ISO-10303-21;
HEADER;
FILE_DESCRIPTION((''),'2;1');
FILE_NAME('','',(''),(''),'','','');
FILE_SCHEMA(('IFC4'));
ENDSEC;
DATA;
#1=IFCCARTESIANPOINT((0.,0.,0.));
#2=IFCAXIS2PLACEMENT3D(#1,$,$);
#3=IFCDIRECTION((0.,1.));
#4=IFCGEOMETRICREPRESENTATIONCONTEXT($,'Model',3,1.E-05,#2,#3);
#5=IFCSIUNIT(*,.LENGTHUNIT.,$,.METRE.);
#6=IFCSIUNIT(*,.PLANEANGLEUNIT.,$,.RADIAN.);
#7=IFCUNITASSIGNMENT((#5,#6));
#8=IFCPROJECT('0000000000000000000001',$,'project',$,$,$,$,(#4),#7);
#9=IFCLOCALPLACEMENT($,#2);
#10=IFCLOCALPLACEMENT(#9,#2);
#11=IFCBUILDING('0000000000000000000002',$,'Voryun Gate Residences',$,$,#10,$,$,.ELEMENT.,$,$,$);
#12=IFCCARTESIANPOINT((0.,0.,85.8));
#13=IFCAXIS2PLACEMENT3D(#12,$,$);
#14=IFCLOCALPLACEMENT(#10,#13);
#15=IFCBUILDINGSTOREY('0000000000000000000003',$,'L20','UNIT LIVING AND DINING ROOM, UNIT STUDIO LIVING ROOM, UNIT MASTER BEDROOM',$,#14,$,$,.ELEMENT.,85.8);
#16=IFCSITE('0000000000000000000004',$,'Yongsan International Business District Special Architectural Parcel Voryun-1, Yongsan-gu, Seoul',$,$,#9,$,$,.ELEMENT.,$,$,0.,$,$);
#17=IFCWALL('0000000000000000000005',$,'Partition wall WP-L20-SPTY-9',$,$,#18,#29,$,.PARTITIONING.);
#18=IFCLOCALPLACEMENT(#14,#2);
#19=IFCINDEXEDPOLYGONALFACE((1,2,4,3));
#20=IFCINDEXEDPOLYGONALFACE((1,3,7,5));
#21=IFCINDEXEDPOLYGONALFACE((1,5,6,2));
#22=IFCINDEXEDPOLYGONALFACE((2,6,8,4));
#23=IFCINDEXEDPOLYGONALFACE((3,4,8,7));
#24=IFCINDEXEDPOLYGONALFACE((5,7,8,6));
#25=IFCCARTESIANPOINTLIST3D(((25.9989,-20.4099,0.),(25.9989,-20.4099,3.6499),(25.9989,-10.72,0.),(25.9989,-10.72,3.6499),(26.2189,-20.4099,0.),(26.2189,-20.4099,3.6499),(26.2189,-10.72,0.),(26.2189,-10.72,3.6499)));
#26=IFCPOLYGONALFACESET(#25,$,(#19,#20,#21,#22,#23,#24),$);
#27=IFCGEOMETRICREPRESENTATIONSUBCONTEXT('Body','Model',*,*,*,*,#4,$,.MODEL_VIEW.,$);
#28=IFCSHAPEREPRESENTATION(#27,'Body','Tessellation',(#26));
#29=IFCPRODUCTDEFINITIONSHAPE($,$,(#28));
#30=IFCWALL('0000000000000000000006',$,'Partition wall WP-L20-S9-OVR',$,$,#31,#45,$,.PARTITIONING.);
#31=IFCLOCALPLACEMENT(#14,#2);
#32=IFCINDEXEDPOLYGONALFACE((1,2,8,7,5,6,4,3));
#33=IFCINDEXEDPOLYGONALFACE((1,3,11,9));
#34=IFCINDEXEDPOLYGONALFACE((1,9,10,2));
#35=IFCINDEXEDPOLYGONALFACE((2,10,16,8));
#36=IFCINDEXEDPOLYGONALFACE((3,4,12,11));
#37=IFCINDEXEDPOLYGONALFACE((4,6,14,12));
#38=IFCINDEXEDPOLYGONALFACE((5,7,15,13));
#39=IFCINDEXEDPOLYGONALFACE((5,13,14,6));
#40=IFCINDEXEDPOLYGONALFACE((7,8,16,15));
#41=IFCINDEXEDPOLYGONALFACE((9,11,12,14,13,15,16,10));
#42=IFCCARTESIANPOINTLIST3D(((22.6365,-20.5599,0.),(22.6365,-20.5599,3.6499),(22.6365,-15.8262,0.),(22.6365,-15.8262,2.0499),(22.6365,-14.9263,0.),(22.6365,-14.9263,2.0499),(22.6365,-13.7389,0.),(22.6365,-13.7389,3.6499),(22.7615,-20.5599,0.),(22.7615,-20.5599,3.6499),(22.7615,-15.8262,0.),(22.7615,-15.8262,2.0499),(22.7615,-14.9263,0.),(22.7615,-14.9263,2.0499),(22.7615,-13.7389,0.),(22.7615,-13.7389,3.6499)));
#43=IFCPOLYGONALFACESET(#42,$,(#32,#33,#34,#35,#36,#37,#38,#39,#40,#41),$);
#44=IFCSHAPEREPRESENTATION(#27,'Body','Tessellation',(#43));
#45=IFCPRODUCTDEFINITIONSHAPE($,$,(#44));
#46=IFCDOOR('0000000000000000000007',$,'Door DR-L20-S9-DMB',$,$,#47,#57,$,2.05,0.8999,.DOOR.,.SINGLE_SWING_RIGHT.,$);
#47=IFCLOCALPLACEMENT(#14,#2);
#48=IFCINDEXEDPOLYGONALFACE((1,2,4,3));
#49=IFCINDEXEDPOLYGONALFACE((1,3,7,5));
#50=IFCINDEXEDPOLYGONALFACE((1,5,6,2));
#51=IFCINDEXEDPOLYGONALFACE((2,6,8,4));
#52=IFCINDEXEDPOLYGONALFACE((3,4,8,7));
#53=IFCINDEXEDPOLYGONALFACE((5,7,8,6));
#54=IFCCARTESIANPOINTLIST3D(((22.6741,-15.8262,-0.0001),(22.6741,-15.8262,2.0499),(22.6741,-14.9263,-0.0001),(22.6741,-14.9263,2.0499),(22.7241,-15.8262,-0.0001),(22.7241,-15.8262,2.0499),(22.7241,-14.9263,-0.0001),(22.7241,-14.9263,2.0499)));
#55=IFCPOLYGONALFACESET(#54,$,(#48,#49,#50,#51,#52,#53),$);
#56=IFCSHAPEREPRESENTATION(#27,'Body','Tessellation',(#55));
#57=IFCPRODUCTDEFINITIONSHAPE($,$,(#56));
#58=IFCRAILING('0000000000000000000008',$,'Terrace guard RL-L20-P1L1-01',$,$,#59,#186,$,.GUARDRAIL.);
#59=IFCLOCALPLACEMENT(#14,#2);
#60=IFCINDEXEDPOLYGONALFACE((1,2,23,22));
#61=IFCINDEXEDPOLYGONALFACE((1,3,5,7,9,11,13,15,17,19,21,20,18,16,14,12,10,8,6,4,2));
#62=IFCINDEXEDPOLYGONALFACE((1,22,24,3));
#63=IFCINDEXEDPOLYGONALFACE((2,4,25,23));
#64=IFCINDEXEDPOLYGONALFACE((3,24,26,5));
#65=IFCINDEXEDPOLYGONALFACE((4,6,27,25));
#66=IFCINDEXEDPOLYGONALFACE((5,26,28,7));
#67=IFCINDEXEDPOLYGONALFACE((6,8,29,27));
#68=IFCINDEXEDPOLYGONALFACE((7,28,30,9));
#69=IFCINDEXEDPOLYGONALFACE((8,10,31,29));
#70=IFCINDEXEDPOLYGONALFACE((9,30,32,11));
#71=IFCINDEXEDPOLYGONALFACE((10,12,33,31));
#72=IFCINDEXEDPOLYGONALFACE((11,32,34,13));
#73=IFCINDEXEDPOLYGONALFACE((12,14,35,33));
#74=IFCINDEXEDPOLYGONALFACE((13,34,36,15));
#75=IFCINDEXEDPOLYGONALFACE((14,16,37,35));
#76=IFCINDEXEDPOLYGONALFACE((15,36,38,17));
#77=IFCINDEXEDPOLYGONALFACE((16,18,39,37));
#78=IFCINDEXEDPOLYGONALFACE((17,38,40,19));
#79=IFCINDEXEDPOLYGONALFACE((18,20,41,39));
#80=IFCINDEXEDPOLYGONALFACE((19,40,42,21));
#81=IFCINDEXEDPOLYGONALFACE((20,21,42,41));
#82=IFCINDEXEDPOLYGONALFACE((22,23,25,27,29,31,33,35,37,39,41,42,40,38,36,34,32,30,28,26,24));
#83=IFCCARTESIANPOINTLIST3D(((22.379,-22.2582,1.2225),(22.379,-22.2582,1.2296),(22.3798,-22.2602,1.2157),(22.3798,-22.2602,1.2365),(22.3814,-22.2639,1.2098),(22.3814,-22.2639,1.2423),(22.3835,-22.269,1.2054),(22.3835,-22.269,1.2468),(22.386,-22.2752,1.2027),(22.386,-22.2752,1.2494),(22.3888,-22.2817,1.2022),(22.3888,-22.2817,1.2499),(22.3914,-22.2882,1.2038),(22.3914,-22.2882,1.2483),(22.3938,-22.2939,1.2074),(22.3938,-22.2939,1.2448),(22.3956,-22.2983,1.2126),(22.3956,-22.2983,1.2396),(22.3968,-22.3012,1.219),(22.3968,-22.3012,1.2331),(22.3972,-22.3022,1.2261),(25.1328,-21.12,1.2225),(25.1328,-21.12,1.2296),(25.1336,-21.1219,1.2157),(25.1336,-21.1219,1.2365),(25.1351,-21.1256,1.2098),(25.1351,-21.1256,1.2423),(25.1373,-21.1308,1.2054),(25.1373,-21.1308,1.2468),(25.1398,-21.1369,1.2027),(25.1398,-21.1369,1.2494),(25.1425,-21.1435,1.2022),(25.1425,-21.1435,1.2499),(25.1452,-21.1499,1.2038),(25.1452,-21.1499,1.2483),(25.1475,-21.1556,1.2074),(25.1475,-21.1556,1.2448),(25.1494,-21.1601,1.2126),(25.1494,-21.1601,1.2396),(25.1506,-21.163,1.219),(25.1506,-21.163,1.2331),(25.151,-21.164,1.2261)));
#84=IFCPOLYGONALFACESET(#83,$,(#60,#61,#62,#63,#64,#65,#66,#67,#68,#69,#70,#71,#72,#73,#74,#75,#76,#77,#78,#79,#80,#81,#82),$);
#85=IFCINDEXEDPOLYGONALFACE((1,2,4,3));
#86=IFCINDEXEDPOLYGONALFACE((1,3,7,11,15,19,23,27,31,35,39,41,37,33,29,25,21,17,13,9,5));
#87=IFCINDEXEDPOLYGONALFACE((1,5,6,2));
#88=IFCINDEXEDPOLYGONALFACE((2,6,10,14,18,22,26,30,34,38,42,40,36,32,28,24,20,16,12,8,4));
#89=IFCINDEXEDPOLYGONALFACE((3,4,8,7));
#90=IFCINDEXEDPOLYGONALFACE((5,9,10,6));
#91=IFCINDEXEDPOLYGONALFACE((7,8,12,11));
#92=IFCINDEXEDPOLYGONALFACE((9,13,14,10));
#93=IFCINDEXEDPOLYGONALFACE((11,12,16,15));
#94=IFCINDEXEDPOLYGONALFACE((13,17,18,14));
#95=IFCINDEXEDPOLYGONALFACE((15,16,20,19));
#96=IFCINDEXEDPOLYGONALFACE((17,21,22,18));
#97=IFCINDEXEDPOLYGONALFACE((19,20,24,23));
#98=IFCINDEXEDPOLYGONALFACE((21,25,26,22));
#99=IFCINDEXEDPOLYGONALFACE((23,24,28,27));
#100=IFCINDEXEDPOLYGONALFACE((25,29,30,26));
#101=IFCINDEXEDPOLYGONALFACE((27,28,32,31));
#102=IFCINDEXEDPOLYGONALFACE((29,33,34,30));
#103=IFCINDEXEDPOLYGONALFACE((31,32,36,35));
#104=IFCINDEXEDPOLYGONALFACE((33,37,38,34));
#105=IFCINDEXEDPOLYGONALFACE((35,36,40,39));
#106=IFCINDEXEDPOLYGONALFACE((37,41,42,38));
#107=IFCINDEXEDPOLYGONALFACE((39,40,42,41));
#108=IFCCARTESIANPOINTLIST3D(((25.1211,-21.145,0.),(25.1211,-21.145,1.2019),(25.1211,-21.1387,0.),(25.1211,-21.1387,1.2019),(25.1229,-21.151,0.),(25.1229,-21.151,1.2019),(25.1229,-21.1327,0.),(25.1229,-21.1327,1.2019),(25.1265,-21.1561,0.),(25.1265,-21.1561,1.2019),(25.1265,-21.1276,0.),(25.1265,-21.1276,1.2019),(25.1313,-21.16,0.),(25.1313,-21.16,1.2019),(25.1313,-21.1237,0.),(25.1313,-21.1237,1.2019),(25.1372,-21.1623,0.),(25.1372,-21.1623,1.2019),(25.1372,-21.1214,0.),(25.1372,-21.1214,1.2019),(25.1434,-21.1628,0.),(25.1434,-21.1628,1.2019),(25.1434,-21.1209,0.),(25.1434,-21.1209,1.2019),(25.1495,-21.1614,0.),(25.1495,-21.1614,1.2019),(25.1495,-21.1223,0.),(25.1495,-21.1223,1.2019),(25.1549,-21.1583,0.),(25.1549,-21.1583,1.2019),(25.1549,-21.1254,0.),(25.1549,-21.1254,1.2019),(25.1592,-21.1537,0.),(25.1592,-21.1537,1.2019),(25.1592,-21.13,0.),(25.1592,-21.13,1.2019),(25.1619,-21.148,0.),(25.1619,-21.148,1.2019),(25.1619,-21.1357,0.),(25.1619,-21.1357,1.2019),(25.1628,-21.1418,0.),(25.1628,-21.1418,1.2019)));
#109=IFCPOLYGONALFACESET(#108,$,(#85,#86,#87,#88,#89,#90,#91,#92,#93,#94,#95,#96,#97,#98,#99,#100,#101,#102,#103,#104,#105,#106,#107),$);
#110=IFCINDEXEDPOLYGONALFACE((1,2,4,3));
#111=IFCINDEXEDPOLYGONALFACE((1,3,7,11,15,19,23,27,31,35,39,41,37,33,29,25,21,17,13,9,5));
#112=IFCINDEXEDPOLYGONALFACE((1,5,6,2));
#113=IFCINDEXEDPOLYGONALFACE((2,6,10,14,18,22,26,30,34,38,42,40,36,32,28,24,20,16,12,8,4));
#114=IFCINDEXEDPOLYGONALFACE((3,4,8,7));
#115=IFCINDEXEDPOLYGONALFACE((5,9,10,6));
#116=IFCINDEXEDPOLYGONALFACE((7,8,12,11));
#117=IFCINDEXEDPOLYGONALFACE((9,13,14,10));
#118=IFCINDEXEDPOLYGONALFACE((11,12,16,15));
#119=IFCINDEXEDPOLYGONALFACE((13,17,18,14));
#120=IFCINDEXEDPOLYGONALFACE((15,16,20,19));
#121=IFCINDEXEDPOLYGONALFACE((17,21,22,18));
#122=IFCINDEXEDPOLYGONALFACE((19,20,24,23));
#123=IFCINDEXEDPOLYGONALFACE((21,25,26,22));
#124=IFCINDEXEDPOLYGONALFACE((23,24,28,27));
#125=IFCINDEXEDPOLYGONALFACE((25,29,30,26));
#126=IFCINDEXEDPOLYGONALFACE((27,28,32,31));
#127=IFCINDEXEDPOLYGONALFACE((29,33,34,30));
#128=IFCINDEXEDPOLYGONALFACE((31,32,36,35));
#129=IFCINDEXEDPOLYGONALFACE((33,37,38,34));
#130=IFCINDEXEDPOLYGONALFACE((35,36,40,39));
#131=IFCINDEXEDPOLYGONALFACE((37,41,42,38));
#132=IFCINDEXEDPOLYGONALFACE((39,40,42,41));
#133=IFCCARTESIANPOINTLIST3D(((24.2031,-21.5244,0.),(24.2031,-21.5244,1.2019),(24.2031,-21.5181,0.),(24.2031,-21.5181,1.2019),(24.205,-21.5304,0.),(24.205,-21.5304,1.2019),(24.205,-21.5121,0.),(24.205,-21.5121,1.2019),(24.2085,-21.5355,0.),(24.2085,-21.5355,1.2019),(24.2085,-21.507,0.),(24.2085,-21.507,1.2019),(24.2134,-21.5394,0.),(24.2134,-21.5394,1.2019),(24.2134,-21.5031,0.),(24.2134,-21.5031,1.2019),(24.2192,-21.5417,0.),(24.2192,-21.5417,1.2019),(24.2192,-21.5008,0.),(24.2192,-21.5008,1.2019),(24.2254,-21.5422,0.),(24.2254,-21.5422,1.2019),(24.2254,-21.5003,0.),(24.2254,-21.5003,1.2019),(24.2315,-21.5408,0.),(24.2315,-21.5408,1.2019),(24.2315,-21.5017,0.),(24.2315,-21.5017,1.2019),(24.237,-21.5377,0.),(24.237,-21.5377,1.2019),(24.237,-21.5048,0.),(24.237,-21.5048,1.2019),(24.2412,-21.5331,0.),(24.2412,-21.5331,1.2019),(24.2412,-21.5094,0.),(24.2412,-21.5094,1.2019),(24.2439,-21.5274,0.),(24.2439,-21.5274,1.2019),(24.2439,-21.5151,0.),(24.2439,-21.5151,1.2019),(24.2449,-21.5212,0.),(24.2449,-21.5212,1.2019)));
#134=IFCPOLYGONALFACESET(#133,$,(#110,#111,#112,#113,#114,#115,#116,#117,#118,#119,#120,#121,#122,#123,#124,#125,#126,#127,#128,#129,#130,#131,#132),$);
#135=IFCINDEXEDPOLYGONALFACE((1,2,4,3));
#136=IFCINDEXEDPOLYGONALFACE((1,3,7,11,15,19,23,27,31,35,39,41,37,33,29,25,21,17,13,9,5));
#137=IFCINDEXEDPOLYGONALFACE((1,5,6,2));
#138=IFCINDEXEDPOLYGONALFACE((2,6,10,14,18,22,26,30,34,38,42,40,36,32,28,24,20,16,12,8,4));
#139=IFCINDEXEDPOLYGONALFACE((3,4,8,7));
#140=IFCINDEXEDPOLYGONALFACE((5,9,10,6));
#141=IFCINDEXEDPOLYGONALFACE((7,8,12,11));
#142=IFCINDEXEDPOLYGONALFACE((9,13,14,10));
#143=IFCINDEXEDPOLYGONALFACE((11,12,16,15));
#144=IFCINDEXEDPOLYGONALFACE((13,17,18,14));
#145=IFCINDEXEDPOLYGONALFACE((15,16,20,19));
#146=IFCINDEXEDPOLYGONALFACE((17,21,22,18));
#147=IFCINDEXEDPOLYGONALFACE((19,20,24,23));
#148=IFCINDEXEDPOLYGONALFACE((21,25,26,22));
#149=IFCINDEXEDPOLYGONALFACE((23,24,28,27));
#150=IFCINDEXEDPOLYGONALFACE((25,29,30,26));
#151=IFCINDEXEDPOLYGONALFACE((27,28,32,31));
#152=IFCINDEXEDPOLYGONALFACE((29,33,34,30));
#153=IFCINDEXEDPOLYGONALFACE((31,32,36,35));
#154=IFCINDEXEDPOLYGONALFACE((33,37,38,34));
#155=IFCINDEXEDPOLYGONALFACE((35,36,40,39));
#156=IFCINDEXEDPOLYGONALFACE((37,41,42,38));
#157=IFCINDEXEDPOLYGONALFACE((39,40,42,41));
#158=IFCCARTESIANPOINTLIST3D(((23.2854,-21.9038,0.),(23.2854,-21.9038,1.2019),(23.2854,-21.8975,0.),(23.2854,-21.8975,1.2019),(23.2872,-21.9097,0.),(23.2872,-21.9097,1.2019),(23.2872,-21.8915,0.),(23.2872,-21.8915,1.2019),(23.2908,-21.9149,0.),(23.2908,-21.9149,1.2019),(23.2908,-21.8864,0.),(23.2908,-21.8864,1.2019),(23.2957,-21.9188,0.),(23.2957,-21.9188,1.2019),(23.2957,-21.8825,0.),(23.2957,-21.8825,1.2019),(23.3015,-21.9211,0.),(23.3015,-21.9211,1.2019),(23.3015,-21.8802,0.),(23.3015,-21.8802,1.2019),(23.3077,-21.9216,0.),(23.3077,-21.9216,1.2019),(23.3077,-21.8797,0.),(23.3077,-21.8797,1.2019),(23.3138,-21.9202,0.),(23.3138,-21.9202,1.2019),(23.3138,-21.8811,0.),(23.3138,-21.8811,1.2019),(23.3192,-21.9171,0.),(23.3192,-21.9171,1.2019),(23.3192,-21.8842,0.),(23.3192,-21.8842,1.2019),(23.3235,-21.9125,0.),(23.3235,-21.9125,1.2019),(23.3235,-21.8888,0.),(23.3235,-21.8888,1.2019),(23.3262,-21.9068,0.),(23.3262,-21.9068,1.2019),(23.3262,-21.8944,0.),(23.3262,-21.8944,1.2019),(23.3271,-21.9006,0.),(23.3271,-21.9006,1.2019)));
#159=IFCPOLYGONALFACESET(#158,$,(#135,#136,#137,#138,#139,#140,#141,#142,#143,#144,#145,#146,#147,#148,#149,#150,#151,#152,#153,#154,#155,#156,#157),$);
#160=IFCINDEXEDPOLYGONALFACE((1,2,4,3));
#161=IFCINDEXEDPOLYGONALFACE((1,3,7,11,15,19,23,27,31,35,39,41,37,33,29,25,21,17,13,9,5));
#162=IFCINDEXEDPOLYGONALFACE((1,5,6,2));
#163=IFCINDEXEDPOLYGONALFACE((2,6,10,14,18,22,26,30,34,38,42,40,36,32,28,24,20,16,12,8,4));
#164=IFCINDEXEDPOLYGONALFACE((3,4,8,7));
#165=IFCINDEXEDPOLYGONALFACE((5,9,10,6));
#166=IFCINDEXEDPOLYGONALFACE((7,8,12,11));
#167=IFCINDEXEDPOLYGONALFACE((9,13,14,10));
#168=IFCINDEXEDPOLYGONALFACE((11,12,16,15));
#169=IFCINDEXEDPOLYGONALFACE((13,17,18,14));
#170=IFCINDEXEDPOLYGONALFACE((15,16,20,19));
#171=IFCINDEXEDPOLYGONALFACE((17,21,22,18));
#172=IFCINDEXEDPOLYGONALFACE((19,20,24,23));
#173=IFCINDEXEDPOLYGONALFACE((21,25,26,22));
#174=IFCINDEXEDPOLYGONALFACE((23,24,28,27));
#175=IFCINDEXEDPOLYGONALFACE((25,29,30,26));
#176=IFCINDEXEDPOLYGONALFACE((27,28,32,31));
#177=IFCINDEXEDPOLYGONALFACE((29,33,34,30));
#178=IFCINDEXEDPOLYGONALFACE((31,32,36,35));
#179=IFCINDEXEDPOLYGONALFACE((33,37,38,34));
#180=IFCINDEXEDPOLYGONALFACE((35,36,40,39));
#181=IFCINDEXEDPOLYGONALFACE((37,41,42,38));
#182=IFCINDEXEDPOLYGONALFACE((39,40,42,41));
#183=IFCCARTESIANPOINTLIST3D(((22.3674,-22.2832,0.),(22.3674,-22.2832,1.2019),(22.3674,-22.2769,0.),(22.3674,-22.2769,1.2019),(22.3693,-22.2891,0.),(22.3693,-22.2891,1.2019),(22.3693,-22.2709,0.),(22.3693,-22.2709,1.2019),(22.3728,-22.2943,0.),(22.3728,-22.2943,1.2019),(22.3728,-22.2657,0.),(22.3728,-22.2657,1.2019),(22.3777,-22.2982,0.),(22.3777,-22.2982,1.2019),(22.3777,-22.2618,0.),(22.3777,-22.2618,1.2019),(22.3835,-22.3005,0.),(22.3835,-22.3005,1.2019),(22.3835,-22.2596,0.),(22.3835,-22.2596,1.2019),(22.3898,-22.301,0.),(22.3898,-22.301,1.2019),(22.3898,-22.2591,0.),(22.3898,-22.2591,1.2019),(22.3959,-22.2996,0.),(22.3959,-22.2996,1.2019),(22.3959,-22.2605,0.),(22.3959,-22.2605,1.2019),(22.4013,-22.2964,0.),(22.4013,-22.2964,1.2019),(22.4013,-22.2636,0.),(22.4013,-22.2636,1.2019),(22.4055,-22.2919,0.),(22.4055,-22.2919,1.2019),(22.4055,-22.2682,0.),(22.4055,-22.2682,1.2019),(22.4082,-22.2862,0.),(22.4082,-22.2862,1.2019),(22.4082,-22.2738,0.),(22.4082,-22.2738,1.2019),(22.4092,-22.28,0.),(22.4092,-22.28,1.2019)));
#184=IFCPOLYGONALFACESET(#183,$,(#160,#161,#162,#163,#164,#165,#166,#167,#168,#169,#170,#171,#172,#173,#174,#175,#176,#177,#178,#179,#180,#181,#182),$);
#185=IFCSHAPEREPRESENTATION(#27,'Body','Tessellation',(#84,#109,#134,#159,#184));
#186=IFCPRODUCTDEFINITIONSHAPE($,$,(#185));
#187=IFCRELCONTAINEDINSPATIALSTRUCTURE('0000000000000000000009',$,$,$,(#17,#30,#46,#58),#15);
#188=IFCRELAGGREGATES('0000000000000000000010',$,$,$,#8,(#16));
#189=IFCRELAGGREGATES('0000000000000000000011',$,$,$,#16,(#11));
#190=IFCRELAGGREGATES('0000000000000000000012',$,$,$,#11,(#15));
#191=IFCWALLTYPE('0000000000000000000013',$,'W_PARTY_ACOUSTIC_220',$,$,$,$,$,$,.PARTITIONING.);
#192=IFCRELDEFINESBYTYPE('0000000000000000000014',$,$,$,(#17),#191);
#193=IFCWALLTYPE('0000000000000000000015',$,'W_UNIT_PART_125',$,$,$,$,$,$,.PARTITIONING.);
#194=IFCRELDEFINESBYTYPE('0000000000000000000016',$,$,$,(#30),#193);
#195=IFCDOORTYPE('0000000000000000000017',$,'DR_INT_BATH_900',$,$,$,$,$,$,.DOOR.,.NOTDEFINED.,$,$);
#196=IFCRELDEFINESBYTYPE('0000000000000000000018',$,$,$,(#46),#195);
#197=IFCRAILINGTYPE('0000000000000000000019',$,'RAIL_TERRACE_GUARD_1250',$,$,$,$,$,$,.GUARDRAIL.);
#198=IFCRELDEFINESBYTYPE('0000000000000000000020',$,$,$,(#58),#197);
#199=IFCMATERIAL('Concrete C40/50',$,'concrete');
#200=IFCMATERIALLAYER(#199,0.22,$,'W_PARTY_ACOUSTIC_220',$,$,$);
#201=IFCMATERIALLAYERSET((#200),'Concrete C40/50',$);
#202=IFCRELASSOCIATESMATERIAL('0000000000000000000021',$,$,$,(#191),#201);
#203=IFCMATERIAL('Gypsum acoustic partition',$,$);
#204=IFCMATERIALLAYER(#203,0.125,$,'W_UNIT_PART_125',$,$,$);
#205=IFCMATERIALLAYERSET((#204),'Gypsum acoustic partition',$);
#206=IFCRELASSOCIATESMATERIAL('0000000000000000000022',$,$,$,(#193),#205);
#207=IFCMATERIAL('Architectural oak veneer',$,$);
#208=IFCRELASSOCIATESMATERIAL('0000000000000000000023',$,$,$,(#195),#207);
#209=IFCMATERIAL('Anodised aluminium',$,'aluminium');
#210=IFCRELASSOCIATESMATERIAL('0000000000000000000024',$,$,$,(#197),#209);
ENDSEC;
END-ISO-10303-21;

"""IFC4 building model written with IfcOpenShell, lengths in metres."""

from ifc_helpers import new_model, si_unit, direction, frame, frame_2d, origin, origin_2d, place, context, subcontext, project, spatial, rectangle, circle, extrude, material, layer, layer_set, type_object, element, fill, save


model = new_model("IFC4")

# Units and contexts
model_context = context("Model", 3, precision=1e-05, world=origin(), true_north=direction((0.0, 1.0)))
body_context = subcontext(model_context, "Body", "Model", "MODEL_VIEW")
ifc_project = project(units=[si_unit("LENGTHUNIT", "METRE"), si_unit("PLANEANGLEUNIT", "RADIAN")], contexts=[model_context])

# Site, building, storey
site_placement = place(None, origin())
site = spatial("IfcSite", under=ifc_project, at=site_placement, Name="Yongsan International Business District Special Architectural Parcel Voryun-1, Yongsan-gu, Seoul", CompositionType="ELEMENT", RefElevation=0.0)
building_placement = place(site_placement, origin())
building = spatial("IfcBuilding", under=site, at=building_placement, Name="Voryun Gate Residences", CompositionType="ELEMENT")
storey_placement = place(building_placement, frame((0.0, 0.0, 85.8)))
storey = spatial("IfcBuildingStorey", under=building, at=storey_placement, Name="L20", Description="UNIT LIVING AND DINING ROOM, UNIT STUDIO LIVING ROOM, UNIT MASTER BEDROOM", CompositionType="ELEMENT", Elevation=85.8)

# Wall
ifc_material_1 = material(Name="Concrete C40/50", Category="concrete")
ifc_layer_1 = layer(ifc_material_1, 0.22, Name="W_PARTY_ACOUSTIC_220")
ifc_layer_set_1 = layer_set([ifc_layer_1], Name="Concrete C40/50")
wall_type_1 = type_object("IfcWallType", Name="W_PARTY_ACOUSTIC_220", PredefinedType="PARTITIONING", material=ifc_layer_set_1)
wall_1_placement = place(storey_placement, frame((26.1089, -20.4099, 0.0), z_axis=(0.0, 0.0, 1.0), x_axis=(0.0, 1.0, 0.0)))
element("IfcWall", 1, at=wall_1_placement, inside=storey, type_object=wall_type_1, Name="Partition wall WP-L20-SPTY-9", PredefinedType="PARTITIONING", context=body_context, shape_type="SweptSolid", body=[
    extrude(rectangle(XDim=9.6899, YDim=0.22, at=frame_2d((4.845, 0.0))), origin(), (0.0, 0.0, 1.0), 3.6499),
])

# Wall, opening, door
ifc_material_2 = material(Name="Gypsum acoustic partition")
ifc_layer_2 = layer(ifc_material_2, 0.125, Name="W_UNIT_PART_125")
ifc_layer_set_2 = layer_set([ifc_layer_2], Name="Gypsum acoustic partition")
wall_type_2 = type_object("IfcWallType", Name="W_UNIT_PART_125", PredefinedType="PARTITIONING", material=ifc_layer_set_2)
wall_2_placement = place(storey_placement, frame((22.699, -20.5601, 0.0), z_axis=(0.0, 0.0, 1.0), x_axis=(0.0, 1.0, 0.0)))
wall_2 = element("IfcWall", 2, at=wall_2_placement, inside=storey, type_object=wall_type_2, Name="Partition wall WP-L20-S9-OVR", PredefinedType="PARTITIONING", context=body_context, shape_type="SweptSolid", body=[
    extrude(rectangle(XDim=6.821, YDim=0.125, at=frame_2d((3.4106, 0.0))), origin(), (0.0, 0.0, 1.0), 3.6499),
])
opening_1_placement = place(wall_2_placement, frame((4.7339, 0.0, 0.0)))
opening_1 = element("IfcOpeningElement", 3, at=opening_1_placement, cuts=wall_2, PredefinedType="OPENING", context=body_context, shape_type="SweptSolid", body=[
    extrude(rectangle(XDim=0.8999, YDim=2.05, at=frame_2d((0.45, 1.0249))), frame((0.0, 0.0725, 0.0), z_axis=(0.0, -1.0, 0.0), x_axis=(1.0, 0.0, 0.0)), (0.0, 0.0, 1.0), 0.145),
])
ifc_material_3 = material(Name="Architectural oak veneer")
door_type_1 = type_object("IfcDoorType", Name="DR_INT_BATH_900", OperationType="NOTDEFINED", PredefinedType="DOOR", material=ifc_material_3)
door_1_placement = place(opening_1_placement, origin())
door_1 = element("IfcDoor", 4, at=door_1_placement, inside=storey, type_object=door_type_1, Name="Door DR-L20-S9-DMB", OperationType="SINGLE_SWING_RIGHT", OverallHeight=2.05, OverallWidth=0.8999, PredefinedType="DOOR", context=body_context, shape_type="SweptSolid", body=[
    extrude(rectangle(XDim=0.8999, YDim=2.05, at=frame_2d((0.45, 1.0249))), frame((0.0, 0.0249, 0.0), z_axis=(0.0, -1.0, 0.0), x_axis=(1.0, 0.0, 0.0)), (0.0, 0.0, 1.0), 0.05),
])
fill(opening_1, door_1)

# Railing
ifc_material_4 = material(Name="Anodised aluminium", Category="aluminium")
railing_type = type_object("IfcRailingType", Name="RAIL_TERRACE_GUARD_1250", PredefinedType="GUARDRAIL", material=ifc_material_4)
railing_1_placement = place(storey_placement, frame((25.1418, -21.1418, 0.0)))
element("IfcRailing", 5, at=railing_1_placement, inside=storey, type_object=railing_type, Name="Terrace guard RL-L20-P1L1-01", PredefinedType="GUARDRAIL", context=body_context, shape_type="SweptSolid", body=[
    extrude(circle(Radius=0.0239, at=origin_2d()), frame((0.0, 0.0, 1.2261), z_axis=(-0.924166, -0.38199, 0.0), x_axis=(0.38199, -0.924166, 0.0)), (0.0, 0.0, 1.0), 2.9797),
    extrude(circle(Radius=0.021, at=origin_2d()), origin(), (0.0, 0.0, 1.0), 1.2019),
    extrude(circle(Radius=0.021, at=origin_2d()), frame((-0.918, -0.3794, 0.0)), (0.0, 0.0, 1.0), 1.2019),
    extrude(circle(Radius=0.021, at=origin_2d()), frame((-1.8357, -0.7588, 0.0)), (0.0, 0.0, 1.0), 1.2019),
    extrude(circle(Radius=0.021, at=origin_2d()), frame((-2.7537, -1.1382, 0.0)), (0.0, 0.0, 1.0), 1.2019),
])

save(model, "model.ifc")
